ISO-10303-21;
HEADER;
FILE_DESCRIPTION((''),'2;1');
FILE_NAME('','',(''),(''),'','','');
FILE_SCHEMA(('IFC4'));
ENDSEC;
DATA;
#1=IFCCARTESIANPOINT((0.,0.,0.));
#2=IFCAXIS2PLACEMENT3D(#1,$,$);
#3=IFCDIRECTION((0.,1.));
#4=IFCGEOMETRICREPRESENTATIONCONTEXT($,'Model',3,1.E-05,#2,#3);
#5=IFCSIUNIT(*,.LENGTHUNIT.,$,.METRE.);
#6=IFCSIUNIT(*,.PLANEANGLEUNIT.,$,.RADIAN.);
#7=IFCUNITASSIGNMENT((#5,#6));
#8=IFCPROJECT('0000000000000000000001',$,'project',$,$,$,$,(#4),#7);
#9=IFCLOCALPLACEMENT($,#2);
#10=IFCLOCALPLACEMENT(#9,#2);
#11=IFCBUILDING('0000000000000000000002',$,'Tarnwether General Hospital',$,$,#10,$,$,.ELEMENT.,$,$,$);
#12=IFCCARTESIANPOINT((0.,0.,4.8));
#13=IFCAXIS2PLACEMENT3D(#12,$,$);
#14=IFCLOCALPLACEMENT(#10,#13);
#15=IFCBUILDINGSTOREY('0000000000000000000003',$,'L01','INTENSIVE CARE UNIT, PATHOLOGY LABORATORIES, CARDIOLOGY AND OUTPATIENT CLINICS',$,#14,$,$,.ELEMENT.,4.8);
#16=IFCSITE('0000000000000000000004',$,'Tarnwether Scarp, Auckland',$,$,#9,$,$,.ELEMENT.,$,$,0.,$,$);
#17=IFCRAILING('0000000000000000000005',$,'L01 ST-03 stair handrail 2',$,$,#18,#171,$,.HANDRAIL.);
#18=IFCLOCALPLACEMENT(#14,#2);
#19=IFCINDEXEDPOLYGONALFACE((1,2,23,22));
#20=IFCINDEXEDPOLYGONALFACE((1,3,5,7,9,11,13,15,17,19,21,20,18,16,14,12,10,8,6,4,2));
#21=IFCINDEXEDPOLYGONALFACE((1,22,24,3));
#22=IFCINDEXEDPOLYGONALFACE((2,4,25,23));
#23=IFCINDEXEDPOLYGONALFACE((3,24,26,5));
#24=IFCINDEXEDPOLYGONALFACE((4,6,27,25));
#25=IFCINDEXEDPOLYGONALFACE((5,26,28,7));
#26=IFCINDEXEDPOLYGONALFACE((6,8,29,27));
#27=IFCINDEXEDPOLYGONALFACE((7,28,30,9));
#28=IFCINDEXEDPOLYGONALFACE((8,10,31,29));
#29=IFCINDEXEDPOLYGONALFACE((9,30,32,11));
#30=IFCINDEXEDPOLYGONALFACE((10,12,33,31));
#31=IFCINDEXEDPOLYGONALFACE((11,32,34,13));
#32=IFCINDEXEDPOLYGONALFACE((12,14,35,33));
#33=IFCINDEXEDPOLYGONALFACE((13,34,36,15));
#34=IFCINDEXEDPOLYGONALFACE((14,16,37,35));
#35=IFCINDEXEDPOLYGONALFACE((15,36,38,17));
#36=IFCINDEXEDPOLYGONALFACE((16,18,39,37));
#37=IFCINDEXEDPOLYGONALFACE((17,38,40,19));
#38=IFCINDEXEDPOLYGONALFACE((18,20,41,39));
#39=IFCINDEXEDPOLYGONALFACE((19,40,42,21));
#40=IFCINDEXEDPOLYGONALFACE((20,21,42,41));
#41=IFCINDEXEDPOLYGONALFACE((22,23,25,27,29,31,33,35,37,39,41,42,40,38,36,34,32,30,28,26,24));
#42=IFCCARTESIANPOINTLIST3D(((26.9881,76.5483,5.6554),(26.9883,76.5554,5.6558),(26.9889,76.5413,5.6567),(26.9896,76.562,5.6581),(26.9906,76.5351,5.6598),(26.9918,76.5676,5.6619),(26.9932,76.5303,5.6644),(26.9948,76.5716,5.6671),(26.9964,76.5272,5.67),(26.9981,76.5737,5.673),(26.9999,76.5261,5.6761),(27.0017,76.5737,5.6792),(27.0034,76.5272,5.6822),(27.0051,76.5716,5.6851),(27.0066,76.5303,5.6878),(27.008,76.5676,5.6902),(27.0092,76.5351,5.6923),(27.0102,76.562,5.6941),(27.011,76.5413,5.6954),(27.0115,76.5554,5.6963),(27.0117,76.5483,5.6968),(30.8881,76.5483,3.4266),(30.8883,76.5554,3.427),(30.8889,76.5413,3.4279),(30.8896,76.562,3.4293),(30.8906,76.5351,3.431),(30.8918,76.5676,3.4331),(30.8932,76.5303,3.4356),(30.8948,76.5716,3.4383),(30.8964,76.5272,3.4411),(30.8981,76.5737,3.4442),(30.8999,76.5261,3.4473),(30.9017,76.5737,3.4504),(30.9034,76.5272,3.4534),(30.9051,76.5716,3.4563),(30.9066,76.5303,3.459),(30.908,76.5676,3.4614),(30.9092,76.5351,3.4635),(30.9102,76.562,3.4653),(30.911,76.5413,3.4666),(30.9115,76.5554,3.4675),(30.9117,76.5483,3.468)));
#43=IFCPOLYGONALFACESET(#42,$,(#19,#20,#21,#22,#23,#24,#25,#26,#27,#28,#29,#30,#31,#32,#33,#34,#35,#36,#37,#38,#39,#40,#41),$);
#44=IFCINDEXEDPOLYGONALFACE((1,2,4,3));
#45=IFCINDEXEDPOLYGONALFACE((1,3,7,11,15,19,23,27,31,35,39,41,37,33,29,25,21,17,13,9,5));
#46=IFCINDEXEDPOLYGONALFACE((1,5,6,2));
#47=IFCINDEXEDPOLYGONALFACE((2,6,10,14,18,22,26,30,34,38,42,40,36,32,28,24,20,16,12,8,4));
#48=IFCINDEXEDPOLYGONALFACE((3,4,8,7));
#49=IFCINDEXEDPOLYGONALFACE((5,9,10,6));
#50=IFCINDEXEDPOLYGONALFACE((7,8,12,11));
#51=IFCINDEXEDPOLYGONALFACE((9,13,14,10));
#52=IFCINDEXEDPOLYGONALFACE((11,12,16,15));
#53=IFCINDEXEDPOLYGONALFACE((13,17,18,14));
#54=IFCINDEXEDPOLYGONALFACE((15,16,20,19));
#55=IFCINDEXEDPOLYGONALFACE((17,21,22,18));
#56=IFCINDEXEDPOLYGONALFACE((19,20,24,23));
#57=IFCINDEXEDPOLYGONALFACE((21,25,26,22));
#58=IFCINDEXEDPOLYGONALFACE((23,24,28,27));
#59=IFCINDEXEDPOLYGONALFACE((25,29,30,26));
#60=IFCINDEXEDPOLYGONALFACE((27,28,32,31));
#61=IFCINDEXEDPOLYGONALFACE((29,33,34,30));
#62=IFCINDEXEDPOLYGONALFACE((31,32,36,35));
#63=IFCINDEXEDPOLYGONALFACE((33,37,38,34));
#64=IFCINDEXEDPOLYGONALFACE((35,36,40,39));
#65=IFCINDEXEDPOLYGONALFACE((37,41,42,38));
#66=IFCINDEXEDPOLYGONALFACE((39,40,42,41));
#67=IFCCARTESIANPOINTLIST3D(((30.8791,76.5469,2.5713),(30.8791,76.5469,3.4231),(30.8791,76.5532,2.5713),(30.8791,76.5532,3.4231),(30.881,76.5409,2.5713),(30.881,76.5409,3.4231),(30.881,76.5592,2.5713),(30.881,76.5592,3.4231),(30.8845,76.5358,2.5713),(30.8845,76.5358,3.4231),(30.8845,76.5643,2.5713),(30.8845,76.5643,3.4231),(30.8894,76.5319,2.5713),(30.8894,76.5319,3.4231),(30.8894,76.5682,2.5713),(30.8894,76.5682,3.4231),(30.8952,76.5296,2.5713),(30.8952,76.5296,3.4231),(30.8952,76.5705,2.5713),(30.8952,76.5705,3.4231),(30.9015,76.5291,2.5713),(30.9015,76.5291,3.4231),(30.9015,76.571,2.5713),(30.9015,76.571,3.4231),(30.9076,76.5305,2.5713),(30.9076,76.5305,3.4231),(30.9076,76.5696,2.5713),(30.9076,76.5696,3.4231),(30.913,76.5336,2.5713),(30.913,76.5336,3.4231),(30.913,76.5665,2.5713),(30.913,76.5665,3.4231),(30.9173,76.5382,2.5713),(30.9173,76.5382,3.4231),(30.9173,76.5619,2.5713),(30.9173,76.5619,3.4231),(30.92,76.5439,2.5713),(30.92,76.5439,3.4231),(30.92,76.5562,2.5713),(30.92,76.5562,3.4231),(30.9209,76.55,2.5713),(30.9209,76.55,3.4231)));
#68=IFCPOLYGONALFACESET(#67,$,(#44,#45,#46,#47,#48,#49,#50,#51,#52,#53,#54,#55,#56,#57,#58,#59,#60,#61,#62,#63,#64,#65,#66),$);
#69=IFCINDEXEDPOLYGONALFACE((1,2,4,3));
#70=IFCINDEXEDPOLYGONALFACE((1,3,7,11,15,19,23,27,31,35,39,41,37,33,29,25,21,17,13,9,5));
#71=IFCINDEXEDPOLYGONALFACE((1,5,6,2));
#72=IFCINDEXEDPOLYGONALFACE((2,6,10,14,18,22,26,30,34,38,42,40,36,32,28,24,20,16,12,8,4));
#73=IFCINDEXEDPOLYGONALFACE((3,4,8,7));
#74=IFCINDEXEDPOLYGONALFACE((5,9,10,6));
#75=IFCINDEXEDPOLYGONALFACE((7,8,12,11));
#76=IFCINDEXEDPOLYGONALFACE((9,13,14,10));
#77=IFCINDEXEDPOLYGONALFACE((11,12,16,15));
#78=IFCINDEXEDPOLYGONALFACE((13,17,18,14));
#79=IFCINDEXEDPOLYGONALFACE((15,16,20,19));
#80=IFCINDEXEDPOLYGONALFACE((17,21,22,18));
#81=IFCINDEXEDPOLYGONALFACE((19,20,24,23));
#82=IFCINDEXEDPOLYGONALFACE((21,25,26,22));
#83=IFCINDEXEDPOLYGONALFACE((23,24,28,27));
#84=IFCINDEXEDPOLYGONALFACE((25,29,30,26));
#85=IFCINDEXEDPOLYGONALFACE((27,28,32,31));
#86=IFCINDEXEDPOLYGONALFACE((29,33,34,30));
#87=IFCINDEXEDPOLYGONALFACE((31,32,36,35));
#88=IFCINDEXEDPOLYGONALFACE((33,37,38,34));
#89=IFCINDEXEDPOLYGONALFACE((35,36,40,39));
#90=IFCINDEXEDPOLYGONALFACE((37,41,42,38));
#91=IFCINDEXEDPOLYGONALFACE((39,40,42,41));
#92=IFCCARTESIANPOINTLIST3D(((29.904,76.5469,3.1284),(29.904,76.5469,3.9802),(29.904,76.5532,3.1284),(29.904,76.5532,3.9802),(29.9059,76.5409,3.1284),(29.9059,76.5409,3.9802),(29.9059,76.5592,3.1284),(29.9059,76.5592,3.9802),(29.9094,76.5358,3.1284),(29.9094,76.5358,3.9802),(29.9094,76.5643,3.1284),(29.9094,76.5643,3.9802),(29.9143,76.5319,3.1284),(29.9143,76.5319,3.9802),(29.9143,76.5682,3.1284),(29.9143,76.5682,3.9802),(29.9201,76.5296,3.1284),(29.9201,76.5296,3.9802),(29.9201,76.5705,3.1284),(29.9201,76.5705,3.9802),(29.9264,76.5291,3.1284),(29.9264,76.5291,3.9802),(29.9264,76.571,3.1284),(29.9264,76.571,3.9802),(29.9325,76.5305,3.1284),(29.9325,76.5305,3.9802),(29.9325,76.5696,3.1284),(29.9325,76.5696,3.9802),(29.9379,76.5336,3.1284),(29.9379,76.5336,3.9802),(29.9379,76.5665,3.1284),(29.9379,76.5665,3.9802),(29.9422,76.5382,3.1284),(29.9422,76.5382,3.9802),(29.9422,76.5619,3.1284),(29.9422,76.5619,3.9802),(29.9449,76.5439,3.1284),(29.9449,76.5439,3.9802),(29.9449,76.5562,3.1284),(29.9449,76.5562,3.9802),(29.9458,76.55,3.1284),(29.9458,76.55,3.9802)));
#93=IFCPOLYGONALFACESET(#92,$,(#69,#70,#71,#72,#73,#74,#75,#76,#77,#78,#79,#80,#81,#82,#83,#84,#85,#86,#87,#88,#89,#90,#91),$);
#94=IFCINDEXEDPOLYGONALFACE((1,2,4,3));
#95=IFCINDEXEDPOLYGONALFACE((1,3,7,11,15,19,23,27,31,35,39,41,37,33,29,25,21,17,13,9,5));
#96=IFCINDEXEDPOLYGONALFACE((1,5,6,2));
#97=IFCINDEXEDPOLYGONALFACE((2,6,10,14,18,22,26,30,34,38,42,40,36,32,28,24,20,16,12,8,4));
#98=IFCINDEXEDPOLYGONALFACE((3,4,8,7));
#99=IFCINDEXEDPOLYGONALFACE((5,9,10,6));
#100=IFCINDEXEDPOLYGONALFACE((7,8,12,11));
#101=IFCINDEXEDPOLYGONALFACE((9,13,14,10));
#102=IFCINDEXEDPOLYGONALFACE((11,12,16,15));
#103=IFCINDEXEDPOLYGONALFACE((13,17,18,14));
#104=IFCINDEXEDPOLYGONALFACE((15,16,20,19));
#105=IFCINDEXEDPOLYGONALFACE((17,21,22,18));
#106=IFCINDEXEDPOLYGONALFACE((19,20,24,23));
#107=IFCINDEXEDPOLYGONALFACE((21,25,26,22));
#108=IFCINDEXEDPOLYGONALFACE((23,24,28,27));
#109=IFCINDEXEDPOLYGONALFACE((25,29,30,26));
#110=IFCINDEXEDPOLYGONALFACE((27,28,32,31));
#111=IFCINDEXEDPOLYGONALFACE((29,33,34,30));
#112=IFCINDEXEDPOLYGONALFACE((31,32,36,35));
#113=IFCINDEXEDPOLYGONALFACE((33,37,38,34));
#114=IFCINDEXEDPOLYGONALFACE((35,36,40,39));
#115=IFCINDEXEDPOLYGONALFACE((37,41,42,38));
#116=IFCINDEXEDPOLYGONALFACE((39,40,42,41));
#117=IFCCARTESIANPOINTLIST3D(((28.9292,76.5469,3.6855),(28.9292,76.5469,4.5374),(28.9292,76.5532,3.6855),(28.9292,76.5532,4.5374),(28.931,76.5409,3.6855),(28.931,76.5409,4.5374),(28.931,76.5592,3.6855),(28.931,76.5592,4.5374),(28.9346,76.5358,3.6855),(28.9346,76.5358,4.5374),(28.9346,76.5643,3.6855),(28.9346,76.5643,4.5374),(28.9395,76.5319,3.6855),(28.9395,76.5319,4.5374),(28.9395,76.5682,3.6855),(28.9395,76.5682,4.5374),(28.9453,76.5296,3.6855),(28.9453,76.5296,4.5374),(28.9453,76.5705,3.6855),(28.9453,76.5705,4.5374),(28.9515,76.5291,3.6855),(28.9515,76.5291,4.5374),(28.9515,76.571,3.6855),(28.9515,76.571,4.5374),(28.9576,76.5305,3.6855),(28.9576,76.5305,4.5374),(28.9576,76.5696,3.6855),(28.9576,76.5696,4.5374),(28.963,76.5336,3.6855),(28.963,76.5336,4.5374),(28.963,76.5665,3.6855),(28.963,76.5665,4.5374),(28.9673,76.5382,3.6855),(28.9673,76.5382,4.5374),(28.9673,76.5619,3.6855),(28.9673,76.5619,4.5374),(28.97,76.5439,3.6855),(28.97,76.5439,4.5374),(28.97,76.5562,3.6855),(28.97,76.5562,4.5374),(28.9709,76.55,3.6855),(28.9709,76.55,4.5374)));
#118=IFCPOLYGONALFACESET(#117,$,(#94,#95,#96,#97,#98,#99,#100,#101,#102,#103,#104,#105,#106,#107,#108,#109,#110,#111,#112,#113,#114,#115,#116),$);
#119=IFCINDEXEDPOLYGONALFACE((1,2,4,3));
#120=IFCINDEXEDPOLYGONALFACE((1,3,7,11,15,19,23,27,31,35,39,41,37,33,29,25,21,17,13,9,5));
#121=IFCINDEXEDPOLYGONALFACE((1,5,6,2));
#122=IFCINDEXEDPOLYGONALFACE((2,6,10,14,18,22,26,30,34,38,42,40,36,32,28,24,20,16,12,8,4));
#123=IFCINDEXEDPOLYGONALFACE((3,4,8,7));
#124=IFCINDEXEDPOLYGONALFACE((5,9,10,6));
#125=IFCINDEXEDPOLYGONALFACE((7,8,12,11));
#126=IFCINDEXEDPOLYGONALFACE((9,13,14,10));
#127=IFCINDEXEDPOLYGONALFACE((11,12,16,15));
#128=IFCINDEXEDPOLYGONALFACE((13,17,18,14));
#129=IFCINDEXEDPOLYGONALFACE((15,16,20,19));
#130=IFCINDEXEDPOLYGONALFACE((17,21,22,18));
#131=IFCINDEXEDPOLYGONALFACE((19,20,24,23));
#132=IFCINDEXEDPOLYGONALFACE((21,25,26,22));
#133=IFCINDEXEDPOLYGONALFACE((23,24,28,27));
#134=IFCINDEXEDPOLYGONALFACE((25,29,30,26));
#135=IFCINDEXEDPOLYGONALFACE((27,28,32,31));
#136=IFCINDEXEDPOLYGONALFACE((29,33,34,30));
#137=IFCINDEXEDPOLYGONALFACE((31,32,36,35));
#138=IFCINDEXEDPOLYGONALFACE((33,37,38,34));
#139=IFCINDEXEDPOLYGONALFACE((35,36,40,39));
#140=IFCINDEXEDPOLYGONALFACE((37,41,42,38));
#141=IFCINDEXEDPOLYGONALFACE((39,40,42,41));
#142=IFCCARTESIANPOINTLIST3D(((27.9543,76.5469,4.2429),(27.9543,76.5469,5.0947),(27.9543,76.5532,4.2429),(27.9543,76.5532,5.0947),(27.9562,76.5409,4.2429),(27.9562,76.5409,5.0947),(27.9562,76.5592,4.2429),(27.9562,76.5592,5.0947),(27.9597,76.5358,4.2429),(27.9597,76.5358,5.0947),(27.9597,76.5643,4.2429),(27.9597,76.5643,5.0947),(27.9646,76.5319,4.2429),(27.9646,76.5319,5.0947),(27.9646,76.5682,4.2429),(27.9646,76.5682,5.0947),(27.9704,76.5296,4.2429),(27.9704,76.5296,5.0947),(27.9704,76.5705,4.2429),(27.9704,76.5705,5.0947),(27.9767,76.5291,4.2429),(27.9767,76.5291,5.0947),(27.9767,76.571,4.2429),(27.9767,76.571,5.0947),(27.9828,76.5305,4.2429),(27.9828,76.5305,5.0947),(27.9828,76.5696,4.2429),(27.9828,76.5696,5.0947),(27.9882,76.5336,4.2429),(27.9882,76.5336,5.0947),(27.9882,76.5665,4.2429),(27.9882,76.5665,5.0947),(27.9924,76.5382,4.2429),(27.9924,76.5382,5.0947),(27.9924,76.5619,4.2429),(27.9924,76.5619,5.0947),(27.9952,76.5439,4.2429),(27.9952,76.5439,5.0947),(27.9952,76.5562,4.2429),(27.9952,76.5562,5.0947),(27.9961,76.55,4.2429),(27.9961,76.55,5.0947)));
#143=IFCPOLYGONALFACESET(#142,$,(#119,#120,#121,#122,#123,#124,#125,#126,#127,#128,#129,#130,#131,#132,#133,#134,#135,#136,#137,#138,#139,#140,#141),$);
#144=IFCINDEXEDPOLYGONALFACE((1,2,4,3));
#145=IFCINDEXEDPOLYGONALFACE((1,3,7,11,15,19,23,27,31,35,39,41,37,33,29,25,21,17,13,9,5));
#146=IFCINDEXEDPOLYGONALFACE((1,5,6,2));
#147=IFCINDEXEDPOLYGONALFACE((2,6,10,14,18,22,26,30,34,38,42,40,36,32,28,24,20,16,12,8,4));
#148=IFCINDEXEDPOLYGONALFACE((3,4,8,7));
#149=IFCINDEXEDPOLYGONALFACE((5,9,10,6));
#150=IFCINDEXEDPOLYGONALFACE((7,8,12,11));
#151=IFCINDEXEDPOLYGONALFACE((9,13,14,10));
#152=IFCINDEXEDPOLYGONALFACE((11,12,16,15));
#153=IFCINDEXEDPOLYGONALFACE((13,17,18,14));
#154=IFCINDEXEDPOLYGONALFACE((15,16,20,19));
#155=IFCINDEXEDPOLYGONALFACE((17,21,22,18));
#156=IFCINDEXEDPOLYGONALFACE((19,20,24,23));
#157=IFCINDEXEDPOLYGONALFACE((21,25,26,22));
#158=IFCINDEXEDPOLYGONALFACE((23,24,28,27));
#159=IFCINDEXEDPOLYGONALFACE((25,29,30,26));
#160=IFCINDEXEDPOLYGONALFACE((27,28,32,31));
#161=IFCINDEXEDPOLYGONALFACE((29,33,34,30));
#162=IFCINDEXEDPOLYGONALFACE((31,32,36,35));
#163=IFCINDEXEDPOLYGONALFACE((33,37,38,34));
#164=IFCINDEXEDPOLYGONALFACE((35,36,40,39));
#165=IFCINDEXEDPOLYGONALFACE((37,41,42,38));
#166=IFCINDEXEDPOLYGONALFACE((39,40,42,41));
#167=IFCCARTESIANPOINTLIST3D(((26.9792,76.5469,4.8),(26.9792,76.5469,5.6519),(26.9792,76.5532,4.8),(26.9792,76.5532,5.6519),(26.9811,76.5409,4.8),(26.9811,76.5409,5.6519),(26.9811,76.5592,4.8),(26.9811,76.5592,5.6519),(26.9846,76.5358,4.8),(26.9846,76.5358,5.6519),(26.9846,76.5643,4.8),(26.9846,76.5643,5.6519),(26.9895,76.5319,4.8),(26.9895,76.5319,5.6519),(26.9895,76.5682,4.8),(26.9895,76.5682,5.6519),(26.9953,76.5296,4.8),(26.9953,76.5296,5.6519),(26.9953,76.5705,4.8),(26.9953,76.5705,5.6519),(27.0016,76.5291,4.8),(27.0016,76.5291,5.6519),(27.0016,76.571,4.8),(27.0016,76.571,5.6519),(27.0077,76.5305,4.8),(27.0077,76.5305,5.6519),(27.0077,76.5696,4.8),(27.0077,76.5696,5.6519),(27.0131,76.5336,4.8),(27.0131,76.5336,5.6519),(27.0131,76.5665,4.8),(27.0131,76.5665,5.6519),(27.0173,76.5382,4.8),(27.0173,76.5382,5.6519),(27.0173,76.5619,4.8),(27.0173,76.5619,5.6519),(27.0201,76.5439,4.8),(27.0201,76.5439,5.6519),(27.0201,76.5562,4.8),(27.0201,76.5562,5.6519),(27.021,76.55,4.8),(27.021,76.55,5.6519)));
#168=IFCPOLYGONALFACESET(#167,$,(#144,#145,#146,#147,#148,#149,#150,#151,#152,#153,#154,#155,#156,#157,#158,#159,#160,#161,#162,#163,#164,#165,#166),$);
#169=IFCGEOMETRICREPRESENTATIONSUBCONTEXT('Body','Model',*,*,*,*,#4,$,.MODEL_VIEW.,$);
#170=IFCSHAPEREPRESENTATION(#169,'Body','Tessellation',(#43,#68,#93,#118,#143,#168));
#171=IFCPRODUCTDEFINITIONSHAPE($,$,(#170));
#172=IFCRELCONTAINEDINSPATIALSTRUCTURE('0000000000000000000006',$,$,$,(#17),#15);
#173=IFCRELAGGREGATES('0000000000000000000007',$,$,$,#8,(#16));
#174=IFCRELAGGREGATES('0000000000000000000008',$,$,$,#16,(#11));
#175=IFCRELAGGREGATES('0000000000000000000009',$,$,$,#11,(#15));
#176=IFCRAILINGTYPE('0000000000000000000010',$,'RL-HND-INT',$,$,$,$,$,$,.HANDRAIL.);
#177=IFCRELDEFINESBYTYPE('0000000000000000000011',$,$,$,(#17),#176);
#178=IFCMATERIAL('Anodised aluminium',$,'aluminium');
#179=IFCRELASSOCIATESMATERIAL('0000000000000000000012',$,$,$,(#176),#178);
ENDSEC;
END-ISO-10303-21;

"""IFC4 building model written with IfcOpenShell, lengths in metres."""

from ifc_helpers import new_model, si_unit, direction, frame, origin, origin_2d, place, context, subcontext, project, spatial, circle, extrude, material, type_object, element, save


model = new_model("IFC4")

# Units and contexts
model_context = context("Model", 3, precision=1e-05, world=origin(), true_north=direction((0.0, 1.0)))
body_context = subcontext(model_context, "Body", "Model", "MODEL_VIEW")
ifc_project = project(units=[si_unit("LENGTHUNIT", "METRE"), si_unit("PLANEANGLEUNIT", "RADIAN")], contexts=[model_context])

# Site, building, storey
site_placement = place(None, origin())
site = spatial("IfcSite", under=ifc_project, at=site_placement, Name="Tarnwether Scarp, Auckland", CompositionType="ELEMENT", RefElevation=0.0)
building_placement = place(site_placement, origin())
building = spatial("IfcBuilding", under=site, at=building_placement, Name="Tarnwether General Hospital", CompositionType="ELEMENT")
storey_placement = place(building_placement, frame((0.0, 0.0, 4.8)))
storey = spatial("IfcBuildingStorey", under=building, at=storey_placement, Name="L01", Description="INTENSIVE CARE UNIT, PATHOLOGY LABORATORIES, CARDIOLOGY AND OUTPATIENT CLINICS", CompositionType="ELEMENT", Elevation=4.8)

# Railing
ifc_material_1 = material(Name="Anodised aluminium", Category="aluminium")
railing_type_1 = type_object("IfcRailingType", Name="RL-HND-INT", PredefinedType="HANDRAIL", material=ifc_material_1)
railing_1_placement = place(storey_placement, frame((30.8999, 76.55, 2.5713)))
element("IfcRailing", 1, at=railing_1_placement, inside=storey, type_object=railing_type_1, Name="L01 ST-03 stair handrail 2", PredefinedType="HANDRAIL", context=body_context, shape_type="SweptSolid", body=[
    extrude(circle(Radius=0.0239, at=origin_2d()), frame((0.0, 0.0, 0.876), z_axis=(-0.86822, 0.0, 0.49618), x_axis=(0.0, -1.0, 0.0)), (0.0, 0.0, 1.0), 4.4919),
    extrude(circle(Radius=0.021, at=origin_2d()), origin(), (0.0, 0.0, 1.0), 0.8518),
    extrude(circle(Radius=0.021, at=origin_2d()), frame((-0.9751, 0.0, 0.5571)), (0.0, 0.0, 1.0), 0.8518),
    extrude(circle(Radius=0.021, at=origin_2d()), frame((-1.95, 0.0, 1.1143)), (0.0, 0.0, 1.0), 0.8518),
    extrude(circle(Radius=0.021, at=origin_2d()), frame((-2.9248, 0.0, 1.6716)), (0.0, 0.0, 1.0), 0.8518),
    extrude(circle(Radius=0.021, at=origin_2d()), frame((-3.8999, 0.0, 2.2288)), (0.0, 0.0, 1.0), 0.8518),
])

save(model, "model.ifc")
